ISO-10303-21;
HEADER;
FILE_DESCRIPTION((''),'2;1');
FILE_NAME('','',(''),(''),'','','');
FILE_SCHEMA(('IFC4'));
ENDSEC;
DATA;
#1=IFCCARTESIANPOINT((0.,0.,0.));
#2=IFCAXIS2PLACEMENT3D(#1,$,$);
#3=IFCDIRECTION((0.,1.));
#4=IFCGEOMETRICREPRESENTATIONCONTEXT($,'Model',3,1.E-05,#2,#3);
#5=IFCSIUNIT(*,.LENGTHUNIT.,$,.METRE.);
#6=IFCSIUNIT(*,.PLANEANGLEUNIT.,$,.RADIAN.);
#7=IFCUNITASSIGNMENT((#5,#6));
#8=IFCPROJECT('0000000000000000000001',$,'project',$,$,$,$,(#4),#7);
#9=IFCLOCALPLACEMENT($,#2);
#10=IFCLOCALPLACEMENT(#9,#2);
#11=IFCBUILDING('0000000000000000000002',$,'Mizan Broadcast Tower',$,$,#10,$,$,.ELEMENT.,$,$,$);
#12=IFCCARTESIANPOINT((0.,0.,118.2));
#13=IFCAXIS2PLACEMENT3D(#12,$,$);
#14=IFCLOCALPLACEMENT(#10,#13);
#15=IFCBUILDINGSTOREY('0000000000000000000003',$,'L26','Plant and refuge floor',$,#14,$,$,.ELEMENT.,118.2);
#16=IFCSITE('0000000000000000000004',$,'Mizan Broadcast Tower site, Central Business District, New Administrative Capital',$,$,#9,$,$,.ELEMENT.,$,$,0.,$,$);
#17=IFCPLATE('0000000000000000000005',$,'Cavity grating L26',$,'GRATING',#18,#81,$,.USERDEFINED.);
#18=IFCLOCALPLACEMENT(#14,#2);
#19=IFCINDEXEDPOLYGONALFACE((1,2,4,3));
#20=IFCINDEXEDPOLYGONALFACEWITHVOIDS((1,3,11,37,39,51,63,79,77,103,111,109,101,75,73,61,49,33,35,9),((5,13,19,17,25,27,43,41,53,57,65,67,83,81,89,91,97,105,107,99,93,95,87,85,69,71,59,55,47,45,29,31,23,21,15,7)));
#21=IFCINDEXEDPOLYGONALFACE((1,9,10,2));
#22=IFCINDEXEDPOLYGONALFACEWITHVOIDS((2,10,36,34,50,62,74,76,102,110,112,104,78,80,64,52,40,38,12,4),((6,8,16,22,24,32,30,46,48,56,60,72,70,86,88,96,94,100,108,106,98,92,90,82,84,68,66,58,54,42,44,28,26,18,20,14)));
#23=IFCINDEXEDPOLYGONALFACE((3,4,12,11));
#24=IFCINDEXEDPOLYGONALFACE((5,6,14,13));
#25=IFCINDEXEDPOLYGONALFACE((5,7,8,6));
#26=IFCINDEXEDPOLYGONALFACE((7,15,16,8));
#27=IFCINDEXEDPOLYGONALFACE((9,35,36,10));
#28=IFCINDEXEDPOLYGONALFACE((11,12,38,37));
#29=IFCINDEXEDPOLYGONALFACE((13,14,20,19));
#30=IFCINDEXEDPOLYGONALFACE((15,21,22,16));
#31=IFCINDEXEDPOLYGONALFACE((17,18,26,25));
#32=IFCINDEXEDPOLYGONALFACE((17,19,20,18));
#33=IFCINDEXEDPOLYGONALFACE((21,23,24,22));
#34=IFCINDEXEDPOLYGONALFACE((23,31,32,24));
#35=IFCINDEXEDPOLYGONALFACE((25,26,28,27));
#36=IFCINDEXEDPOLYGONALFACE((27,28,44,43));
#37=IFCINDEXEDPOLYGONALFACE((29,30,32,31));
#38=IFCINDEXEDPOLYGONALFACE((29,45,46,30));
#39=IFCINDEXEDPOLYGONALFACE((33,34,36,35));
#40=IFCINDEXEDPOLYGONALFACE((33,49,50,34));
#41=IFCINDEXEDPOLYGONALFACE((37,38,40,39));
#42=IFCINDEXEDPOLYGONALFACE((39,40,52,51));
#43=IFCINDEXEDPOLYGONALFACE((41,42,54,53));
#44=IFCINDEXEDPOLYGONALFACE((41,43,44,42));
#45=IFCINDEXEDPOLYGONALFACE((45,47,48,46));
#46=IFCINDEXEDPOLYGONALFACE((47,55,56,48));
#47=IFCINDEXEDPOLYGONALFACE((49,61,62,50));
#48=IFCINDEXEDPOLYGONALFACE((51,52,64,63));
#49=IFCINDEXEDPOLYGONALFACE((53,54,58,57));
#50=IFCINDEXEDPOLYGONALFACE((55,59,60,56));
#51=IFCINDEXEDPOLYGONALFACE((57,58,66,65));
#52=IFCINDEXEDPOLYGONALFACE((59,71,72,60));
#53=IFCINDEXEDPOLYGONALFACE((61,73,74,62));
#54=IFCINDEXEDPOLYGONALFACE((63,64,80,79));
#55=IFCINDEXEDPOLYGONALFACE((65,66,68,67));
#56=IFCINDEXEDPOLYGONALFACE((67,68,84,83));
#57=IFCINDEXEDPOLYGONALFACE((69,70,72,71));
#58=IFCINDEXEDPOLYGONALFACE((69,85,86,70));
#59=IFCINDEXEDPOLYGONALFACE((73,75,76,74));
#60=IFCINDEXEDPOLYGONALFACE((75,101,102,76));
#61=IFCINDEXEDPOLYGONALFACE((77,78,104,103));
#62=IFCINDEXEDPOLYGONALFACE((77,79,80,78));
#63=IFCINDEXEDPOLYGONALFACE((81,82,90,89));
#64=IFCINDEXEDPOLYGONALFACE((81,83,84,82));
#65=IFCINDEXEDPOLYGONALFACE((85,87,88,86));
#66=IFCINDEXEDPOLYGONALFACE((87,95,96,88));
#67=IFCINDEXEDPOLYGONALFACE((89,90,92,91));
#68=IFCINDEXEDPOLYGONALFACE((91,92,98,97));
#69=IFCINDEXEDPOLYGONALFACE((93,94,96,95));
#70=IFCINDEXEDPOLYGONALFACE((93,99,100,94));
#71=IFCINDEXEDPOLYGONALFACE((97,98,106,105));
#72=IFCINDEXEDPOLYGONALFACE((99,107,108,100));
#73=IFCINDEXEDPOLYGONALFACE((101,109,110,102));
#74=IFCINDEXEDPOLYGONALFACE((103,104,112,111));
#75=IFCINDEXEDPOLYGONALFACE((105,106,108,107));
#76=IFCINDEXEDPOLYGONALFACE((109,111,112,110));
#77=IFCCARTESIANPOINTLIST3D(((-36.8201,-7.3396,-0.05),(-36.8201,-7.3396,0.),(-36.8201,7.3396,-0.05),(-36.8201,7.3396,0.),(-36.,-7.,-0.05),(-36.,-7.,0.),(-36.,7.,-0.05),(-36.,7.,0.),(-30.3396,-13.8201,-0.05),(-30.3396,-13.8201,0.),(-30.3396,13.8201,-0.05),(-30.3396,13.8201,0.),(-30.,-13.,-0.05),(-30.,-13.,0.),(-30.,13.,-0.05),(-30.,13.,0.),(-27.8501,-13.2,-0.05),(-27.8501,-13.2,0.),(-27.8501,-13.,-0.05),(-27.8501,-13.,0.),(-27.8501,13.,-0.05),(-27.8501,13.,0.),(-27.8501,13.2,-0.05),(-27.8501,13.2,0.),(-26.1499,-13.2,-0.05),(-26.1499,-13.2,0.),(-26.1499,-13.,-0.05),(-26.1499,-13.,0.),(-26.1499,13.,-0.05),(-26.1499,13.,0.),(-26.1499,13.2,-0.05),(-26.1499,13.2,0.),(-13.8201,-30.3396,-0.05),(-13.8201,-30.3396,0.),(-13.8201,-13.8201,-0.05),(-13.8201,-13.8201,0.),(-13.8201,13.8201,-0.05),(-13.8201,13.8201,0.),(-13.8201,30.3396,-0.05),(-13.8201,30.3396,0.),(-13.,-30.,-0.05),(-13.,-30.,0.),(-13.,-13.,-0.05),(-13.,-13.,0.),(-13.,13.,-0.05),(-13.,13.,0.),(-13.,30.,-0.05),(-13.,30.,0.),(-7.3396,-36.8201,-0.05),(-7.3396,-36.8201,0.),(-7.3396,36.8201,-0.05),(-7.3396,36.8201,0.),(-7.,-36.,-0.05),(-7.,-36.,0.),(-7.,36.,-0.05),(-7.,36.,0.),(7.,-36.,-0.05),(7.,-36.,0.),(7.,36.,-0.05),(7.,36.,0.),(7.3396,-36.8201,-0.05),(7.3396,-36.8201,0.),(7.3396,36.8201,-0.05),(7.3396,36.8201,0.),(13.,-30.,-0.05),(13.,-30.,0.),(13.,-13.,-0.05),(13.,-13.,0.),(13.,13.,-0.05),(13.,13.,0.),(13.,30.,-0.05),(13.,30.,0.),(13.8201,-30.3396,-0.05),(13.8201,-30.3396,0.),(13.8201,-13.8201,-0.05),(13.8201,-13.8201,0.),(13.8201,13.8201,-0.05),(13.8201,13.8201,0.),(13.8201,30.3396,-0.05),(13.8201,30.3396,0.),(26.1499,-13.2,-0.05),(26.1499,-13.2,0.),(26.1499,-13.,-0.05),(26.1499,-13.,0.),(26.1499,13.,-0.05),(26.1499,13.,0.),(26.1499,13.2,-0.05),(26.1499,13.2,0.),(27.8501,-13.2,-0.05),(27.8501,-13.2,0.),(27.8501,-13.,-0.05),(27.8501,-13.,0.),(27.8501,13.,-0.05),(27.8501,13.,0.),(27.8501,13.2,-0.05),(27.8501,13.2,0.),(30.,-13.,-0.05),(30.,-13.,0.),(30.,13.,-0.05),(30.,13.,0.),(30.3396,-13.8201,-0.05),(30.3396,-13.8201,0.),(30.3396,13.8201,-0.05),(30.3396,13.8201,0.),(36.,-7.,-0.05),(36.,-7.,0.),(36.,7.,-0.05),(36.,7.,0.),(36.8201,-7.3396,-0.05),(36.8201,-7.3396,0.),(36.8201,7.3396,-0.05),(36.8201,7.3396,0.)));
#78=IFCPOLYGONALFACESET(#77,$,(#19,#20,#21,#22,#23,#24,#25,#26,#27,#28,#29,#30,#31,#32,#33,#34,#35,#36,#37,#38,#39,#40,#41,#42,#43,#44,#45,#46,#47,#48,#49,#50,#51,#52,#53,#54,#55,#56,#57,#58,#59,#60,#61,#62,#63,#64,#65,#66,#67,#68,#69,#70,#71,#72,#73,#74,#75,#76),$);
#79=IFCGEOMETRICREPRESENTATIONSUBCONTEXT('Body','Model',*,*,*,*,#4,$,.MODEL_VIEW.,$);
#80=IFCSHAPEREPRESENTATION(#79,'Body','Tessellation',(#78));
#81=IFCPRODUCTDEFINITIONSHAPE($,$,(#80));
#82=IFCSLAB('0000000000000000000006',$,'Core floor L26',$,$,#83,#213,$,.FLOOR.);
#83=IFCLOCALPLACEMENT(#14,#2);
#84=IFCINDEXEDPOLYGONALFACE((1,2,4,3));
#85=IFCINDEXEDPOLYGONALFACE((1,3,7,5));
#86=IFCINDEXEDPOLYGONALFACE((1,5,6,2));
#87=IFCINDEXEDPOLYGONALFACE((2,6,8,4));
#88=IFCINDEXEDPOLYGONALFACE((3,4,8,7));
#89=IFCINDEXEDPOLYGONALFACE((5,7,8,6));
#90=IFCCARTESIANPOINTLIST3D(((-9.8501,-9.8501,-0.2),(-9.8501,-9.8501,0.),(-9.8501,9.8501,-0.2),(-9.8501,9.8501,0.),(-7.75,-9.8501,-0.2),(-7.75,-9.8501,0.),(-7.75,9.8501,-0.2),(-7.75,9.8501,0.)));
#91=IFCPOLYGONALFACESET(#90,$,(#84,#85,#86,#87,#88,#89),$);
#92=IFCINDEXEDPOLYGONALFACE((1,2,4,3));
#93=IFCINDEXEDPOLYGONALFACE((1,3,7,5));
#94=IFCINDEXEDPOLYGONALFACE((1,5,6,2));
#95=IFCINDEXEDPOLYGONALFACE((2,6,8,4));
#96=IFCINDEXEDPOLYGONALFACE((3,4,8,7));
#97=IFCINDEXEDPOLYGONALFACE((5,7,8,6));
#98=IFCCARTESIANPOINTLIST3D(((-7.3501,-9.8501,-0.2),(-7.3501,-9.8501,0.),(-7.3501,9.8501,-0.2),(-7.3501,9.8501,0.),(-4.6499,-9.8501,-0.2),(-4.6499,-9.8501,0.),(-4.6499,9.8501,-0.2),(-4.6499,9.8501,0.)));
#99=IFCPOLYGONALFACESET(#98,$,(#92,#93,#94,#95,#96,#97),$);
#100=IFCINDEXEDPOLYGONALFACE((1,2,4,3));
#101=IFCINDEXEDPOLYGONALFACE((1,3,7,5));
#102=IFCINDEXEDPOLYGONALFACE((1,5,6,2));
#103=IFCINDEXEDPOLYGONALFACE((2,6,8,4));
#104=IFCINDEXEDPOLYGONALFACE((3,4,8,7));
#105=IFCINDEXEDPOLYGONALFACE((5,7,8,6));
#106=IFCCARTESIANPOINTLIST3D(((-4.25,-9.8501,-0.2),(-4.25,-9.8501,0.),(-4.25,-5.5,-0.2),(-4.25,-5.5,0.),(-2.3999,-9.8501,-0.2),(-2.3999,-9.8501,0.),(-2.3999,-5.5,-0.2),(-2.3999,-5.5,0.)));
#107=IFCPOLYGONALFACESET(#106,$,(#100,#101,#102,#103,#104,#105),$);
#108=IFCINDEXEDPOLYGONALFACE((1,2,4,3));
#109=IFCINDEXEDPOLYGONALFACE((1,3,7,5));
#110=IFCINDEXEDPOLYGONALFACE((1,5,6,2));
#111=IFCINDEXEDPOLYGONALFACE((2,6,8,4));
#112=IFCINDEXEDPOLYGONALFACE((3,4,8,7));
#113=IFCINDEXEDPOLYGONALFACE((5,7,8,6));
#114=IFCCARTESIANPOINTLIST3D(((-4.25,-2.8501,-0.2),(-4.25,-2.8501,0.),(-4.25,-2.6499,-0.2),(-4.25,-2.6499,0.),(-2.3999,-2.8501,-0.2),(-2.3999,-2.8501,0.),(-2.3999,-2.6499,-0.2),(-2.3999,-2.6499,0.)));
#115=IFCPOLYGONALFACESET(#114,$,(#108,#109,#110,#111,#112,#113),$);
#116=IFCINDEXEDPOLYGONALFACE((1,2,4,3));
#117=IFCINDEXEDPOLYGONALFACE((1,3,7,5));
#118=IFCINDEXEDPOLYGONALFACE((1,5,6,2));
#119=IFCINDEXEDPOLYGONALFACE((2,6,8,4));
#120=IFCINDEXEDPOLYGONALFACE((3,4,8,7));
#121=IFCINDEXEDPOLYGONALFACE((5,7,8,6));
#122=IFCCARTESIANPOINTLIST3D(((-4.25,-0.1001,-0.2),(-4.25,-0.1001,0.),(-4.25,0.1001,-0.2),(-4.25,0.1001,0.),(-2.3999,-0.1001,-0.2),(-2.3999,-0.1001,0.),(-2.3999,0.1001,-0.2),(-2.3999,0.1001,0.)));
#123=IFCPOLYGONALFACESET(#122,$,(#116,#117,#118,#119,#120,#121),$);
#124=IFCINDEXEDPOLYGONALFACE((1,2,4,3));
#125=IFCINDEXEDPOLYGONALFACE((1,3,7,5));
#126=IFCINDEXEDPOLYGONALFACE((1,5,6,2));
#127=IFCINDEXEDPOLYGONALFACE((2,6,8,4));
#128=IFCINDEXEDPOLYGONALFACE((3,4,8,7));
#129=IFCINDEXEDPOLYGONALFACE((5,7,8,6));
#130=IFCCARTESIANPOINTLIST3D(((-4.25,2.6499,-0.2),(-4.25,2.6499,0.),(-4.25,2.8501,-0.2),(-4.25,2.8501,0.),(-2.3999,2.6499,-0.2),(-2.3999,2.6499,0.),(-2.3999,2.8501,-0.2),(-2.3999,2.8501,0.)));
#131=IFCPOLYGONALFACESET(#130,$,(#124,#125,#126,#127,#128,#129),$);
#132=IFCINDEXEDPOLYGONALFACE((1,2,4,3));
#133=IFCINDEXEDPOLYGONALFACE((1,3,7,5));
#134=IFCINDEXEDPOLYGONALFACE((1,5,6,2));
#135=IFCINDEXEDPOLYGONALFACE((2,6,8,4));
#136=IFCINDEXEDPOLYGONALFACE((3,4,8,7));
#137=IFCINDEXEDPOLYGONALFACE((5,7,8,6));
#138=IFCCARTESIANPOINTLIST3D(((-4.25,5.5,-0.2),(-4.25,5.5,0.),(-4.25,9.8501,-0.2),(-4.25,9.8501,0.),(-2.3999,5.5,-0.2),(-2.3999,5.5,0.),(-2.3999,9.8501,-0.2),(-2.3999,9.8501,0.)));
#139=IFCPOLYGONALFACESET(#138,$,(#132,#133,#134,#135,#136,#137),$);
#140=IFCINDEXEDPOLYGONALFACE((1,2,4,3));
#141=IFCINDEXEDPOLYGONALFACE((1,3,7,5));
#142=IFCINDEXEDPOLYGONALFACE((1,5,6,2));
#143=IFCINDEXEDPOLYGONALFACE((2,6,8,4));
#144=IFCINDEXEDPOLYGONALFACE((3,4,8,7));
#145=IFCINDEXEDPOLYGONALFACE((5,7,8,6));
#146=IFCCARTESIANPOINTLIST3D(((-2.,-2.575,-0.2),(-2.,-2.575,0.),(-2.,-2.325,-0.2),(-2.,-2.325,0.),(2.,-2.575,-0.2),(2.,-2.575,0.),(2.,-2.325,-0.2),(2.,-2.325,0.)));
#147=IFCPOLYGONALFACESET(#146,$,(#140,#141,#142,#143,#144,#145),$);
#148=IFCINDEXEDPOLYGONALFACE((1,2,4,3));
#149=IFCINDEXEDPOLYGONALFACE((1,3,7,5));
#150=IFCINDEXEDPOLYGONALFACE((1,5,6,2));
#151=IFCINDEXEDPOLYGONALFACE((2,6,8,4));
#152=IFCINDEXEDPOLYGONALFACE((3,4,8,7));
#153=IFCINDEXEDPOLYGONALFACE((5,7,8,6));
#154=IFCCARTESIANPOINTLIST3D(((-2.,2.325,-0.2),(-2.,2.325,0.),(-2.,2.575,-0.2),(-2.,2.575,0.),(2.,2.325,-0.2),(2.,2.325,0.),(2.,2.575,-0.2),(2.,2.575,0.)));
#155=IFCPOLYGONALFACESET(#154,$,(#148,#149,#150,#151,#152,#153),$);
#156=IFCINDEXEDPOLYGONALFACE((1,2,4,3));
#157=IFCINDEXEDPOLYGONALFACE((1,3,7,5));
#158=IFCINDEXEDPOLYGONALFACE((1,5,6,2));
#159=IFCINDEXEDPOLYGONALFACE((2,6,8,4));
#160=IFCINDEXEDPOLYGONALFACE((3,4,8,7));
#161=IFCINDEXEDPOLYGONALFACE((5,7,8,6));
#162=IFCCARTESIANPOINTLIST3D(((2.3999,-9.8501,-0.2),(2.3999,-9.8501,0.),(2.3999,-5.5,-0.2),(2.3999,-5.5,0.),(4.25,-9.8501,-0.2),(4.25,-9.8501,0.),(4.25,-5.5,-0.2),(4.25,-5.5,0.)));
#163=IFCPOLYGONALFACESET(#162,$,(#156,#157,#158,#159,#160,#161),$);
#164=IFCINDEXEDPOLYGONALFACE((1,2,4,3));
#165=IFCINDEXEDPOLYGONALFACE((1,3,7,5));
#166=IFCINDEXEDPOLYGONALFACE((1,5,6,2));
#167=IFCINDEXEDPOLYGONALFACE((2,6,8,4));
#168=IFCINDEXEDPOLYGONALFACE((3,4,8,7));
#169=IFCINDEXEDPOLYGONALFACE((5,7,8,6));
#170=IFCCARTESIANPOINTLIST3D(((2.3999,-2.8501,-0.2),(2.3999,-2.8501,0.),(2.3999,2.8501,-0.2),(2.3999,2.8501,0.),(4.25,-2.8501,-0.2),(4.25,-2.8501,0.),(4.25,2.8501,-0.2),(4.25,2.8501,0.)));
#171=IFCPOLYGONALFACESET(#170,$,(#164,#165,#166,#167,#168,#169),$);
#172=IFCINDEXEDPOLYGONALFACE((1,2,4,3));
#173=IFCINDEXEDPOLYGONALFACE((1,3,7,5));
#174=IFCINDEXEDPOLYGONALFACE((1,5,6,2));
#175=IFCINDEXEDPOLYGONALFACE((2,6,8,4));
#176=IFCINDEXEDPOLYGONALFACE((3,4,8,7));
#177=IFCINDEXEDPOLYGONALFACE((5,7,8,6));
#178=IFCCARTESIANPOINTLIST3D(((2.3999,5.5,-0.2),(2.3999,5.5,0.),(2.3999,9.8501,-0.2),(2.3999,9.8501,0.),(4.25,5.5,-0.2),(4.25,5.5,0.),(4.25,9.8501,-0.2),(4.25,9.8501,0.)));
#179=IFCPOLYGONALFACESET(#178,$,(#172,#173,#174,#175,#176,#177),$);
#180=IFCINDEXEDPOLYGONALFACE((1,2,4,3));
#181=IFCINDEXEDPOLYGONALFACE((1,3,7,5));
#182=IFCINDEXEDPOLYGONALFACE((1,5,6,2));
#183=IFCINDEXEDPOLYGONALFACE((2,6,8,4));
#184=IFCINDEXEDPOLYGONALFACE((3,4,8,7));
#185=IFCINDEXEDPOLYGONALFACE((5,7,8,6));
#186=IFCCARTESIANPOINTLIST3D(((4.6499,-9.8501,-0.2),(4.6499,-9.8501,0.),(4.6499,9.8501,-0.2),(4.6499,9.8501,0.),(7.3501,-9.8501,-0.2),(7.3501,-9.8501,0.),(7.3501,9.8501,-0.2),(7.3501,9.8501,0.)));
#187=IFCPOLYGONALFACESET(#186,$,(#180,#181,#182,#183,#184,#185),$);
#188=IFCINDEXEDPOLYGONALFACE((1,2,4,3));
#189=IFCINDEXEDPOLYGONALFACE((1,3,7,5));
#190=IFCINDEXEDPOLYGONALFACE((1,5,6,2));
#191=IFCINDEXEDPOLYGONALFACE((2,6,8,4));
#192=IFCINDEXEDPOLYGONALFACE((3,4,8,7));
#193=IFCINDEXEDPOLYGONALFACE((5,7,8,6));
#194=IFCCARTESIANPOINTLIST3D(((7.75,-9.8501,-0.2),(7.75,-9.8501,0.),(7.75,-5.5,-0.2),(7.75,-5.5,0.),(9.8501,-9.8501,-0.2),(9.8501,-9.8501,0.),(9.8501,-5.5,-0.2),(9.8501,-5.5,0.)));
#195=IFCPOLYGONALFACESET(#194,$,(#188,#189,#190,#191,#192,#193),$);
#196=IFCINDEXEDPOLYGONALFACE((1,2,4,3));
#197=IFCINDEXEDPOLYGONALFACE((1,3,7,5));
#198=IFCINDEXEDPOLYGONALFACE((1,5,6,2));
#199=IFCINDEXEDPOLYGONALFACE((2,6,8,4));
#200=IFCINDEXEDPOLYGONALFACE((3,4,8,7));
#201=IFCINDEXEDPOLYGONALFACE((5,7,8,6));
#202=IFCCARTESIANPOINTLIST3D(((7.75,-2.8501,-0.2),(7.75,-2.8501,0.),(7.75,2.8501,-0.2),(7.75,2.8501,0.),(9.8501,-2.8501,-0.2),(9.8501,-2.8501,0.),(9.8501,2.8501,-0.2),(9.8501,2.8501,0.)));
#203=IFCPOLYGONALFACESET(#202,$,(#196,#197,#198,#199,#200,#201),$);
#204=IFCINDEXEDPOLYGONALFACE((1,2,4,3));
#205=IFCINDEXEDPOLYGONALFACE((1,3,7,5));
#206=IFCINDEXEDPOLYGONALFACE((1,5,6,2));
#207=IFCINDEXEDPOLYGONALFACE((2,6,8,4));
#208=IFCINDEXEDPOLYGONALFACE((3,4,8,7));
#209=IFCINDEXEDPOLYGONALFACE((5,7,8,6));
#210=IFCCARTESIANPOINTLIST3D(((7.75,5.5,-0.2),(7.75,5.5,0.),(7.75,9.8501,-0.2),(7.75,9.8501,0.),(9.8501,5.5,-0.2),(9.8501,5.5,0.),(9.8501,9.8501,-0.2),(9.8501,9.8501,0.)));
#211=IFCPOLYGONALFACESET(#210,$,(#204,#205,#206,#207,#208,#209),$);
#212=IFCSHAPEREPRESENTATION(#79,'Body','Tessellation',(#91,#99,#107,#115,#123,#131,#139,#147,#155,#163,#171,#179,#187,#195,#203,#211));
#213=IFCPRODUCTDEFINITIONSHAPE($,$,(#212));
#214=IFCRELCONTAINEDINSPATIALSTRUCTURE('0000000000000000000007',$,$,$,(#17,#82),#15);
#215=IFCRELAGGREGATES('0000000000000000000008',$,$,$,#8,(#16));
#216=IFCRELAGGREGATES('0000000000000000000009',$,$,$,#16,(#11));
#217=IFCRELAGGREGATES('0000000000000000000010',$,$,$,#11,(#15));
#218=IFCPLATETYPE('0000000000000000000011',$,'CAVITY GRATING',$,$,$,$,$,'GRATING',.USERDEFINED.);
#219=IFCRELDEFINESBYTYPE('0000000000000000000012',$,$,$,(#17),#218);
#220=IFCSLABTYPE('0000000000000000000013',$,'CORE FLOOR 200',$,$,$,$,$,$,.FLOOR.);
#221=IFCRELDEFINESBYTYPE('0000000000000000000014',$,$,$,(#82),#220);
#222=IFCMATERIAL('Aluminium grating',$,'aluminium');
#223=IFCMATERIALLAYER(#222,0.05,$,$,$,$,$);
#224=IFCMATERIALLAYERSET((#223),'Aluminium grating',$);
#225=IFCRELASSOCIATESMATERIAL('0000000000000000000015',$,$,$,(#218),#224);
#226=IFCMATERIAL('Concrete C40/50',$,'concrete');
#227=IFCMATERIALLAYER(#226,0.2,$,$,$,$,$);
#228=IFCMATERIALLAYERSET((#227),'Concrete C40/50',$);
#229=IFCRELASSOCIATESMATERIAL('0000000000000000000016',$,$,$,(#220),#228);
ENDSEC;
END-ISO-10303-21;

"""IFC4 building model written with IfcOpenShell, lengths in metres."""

from ifc_helpers import new_model, si_unit, direction, frame, origin, place, context, subcontext, project, spatial, polyline, outline, extrude, material, layer, layer_set, type_object, element, save


model = new_model("IFC4")

# Units and contexts
model_context = context("Model", 3, precision=1e-05, world=origin(), true_north=direction((0.0, 1.0)))
body_context = subcontext(model_context, "Body", "Model", "MODEL_VIEW")
ifc_project = project(units=[si_unit("LENGTHUNIT", "METRE"), si_unit("PLANEANGLEUNIT", "RADIAN")], contexts=[model_context])

# Site, building, storey
site_placement = place(None, origin())
site = spatial("IfcSite", under=ifc_project, at=site_placement, Name="Mizan Broadcast Tower site, Central Business District, New Administrative Capital", CompositionType="ELEMENT", RefElevation=0.0)
building_placement = place(site_placement, origin())
building = spatial("IfcBuilding", under=site, at=building_placement, Name="Mizan Broadcast Tower", CompositionType="ELEMENT")
storey_placement = place(building_placement, frame((0.0, 0.0, 118.2)))
storey = spatial("IfcBuildingStorey", under=building, at=storey_placement, Name="L26", Description="Plant and refuge floor", CompositionType="ELEMENT", Elevation=118.2)

# Plate
ifc_material_1 = material(Name="Aluminium grating", Category="aluminium")
ifc_layer_1 = layer(ifc_material_1, 0.05)
ifc_layer_set_1 = layer_set([ifc_layer_1], Name="Aluminium grating")
plate_type = type_object("IfcPlateType", Name="CAVITY GRATING", ElementType="GRATING", PredefinedType="USERDEFINED", material=ifc_layer_set_1)
plate_placement = place(storey_placement, frame((0.0, 0.0, -0.05)))
element("IfcPlate", 1, at=plate_placement, inside=storey, type_object=plate_type, Name="Cavity grating L26", ObjectType="GRATING", PredefinedType="USERDEFINED", context=body_context, shape_type="SweptSolid", body=[
    extrude(outline(polyline([(7.3396, -36.8201), (13.8201, -30.3396), (13.8201, -13.8201), (30.3396, -13.8201), (36.8201, -7.3396), (36.8201, 7.3396), (30.3396, 13.8201), (13.8201, 13.8201), (13.8201, 30.3396), (7.3396, 36.8201), (-7.3396, 36.8201), (-13.8201, 30.3396), (-13.8201, 13.8201), (-30.3396, 13.8201), (-36.8201, 7.3396), (-36.8201, -7.3396), (-30.3396, -13.8201), (-13.8201, -13.8201), (-13.8201, -30.3396), (-7.3396, -36.8201), (7.3396, -36.8201)]), holes=[polyline([(36.0, -7.0), (30.0, -13.0), (27.8501, -13.0), (27.8501, -13.2), (26.1499, -13.2), (26.1499, -13.0), (13.0, -13.0), (13.0, -30.0), (7.0, -36.0), (-7.0, -36.0), (-13.0, -30.0), (-13.0, -13.0), (-26.1499, -13.0), (-26.1499, -13.2), (-27.8501, -13.2), (-27.8501, -13.0), (-30.0, -13.0), (-36.0, -7.0), (-36.0, 7.0), (-30.0, 13.0), (-27.8501, 13.0), (-27.8501, 13.2), (-26.1499, 13.2), (-26.1499, 13.0), (-13.0, 13.0), (-13.0, 30.0), (-7.0, 36.0), (7.0, 36.0), (13.0, 30.0), (13.0, 13.0), (26.1499, 13.0), (26.1499, 13.2), (27.8501, 13.2), (27.8501, 13.0), (30.0, 13.0), (36.0, 7.0), (36.0, -7.0)])]), origin(), (0.0, 0.0, 1.0), 0.05),
])

# Slab
ifc_material_2 = material(Name="Concrete C40/50", Category="concrete")
ifc_layer_2 = layer(ifc_material_2, 0.2)
ifc_layer_set_2 = layer_set([ifc_layer_2], Name="Concrete C40/50")
slab_type_1 = type_object("IfcSlabType", Name="CORE FLOOR 200", PredefinedType="FLOOR", material=ifc_layer_set_2)
slab_1_placement = place(storey_placement, frame((0.0, 0.0, -0.2)))
element("IfcSlab", 2, at=slab_1_placement, inside=storey, type_object=slab_type_1, Name="Core floor L26", PredefinedType="FLOOR", context=body_context, shape_type="SweptSolid", body=[
    extrude(outline(polyline([(-9.8501, -9.8501), (-7.75, -9.8501), (-7.75, 9.8501), (-9.8501, 9.8501), (-9.8501, -9.8501)])), origin(), (0.0, 0.0, 1.0), 0.2),
    extrude(outline(polyline([(-4.6499, 9.8501), (-7.3501, 9.8501), (-7.3501, -9.8501), (-4.6499, -9.8501), (-4.6499, 9.8501)])), origin(), (0.0, 0.0, 1.0), 0.2),
    extrude(outline(polyline([(-4.25, -5.5), (-4.25, -9.8501), (-2.3999, -9.8501), (-2.3999, -5.5), (-4.25, -5.5)])), origin(), (0.0, 0.0, 1.0), 0.2),
    extrude(outline(polyline([(-4.25, -2.8501), (-2.3999, -2.8501), (-2.3999, -2.6499), (-4.25, -2.6499), (-4.25, -2.8501)])), origin(), (0.0, 0.0, 1.0), 0.2),
    extrude(outline(polyline([(-4.25, -0.1001), (-2.3999, -0.1001), (-2.3999, 0.1001), (-4.25, 0.1001), (-4.25, -0.1001)])), origin(), (0.0, 0.0, 1.0), 0.2),
    extrude(outline(polyline([(-4.25, 2.6499), (-2.3999, 2.6499), (-2.3999, 2.8501), (-4.25, 2.8501), (-4.25, 2.6499)])), origin(), (0.0, 0.0, 1.0), 0.2),
    extrude(outline(polyline([(-4.25, 5.5), (-2.3999, 5.5), (-2.3999, 9.8501), (-4.25, 9.8501), (-4.25, 5.5)])), origin(), (0.0, 0.0, 1.0), 0.2),
    extrude(outline(polyline([(2.0, -2.325), (-2.0, -2.325), (-2.0, -2.575), (2.0, -2.575), (2.0, -2.325)])), origin(), (0.0, 0.0, 1.0), 0.2),
    extrude(outline(polyline([(2.0, 2.575), (-2.0, 2.575), (-2.0, 2.325), (2.0, 2.325), (2.0, 2.575)])), origin(), (0.0, 0.0, 1.0), 0.2),
    extrude(outline(polyline([(4.25, -9.8501), (4.25, -5.5), (2.3999, -5.5), (2.3999, -9.8501), (4.25, -9.8501)])), origin(), (0.0, 0.0, 1.0), 0.2),
    extrude(outline(polyline([(4.25, -2.8501), (4.25, 2.8501), (2.3999, 2.8501), (2.3999, -2.8501), (4.25, -2.8501)])), origin(), (0.0, 0.0, 1.0), 0.2),
    extrude(outline(polyline([(4.25, 5.5), (4.25, 9.8501), (2.3999, 9.8501), (2.3999, 5.5), (4.25, 5.5)])), origin(), (0.0, 0.0, 1.0), 0.2),
    extrude(outline(polyline([(4.6499, 9.8501), (4.6499, -9.8501), (7.3501, -9.8501), (7.3501, 9.8501), (4.6499, 9.8501)])), origin(), (0.0, 0.0, 1.0), 0.2),
    extrude(outline(polyline([(9.8501, -9.8501), (9.8501, -5.5), (7.75, -5.5), (7.75, -9.8501), (9.8501, -9.8501)])), origin(), (0.0, 0.0, 1.0), 0.2),
    extrude(outline(polyline([(7.75, -2.8501), (9.8501, -2.8501), (9.8501, 2.8501), (7.75, 2.8501), (7.75, -2.8501)])), origin(), (0.0, 0.0, 1.0), 0.2),
    extrude(outline(polyline([(9.8501, 5.5), (9.8501, 9.8501), (7.75, 9.8501), (7.75, 5.5), (9.8501, 5.5)])), origin(), (0.0, 0.0, 1.0), 0.2),
])

save(model, "model.ifc")
